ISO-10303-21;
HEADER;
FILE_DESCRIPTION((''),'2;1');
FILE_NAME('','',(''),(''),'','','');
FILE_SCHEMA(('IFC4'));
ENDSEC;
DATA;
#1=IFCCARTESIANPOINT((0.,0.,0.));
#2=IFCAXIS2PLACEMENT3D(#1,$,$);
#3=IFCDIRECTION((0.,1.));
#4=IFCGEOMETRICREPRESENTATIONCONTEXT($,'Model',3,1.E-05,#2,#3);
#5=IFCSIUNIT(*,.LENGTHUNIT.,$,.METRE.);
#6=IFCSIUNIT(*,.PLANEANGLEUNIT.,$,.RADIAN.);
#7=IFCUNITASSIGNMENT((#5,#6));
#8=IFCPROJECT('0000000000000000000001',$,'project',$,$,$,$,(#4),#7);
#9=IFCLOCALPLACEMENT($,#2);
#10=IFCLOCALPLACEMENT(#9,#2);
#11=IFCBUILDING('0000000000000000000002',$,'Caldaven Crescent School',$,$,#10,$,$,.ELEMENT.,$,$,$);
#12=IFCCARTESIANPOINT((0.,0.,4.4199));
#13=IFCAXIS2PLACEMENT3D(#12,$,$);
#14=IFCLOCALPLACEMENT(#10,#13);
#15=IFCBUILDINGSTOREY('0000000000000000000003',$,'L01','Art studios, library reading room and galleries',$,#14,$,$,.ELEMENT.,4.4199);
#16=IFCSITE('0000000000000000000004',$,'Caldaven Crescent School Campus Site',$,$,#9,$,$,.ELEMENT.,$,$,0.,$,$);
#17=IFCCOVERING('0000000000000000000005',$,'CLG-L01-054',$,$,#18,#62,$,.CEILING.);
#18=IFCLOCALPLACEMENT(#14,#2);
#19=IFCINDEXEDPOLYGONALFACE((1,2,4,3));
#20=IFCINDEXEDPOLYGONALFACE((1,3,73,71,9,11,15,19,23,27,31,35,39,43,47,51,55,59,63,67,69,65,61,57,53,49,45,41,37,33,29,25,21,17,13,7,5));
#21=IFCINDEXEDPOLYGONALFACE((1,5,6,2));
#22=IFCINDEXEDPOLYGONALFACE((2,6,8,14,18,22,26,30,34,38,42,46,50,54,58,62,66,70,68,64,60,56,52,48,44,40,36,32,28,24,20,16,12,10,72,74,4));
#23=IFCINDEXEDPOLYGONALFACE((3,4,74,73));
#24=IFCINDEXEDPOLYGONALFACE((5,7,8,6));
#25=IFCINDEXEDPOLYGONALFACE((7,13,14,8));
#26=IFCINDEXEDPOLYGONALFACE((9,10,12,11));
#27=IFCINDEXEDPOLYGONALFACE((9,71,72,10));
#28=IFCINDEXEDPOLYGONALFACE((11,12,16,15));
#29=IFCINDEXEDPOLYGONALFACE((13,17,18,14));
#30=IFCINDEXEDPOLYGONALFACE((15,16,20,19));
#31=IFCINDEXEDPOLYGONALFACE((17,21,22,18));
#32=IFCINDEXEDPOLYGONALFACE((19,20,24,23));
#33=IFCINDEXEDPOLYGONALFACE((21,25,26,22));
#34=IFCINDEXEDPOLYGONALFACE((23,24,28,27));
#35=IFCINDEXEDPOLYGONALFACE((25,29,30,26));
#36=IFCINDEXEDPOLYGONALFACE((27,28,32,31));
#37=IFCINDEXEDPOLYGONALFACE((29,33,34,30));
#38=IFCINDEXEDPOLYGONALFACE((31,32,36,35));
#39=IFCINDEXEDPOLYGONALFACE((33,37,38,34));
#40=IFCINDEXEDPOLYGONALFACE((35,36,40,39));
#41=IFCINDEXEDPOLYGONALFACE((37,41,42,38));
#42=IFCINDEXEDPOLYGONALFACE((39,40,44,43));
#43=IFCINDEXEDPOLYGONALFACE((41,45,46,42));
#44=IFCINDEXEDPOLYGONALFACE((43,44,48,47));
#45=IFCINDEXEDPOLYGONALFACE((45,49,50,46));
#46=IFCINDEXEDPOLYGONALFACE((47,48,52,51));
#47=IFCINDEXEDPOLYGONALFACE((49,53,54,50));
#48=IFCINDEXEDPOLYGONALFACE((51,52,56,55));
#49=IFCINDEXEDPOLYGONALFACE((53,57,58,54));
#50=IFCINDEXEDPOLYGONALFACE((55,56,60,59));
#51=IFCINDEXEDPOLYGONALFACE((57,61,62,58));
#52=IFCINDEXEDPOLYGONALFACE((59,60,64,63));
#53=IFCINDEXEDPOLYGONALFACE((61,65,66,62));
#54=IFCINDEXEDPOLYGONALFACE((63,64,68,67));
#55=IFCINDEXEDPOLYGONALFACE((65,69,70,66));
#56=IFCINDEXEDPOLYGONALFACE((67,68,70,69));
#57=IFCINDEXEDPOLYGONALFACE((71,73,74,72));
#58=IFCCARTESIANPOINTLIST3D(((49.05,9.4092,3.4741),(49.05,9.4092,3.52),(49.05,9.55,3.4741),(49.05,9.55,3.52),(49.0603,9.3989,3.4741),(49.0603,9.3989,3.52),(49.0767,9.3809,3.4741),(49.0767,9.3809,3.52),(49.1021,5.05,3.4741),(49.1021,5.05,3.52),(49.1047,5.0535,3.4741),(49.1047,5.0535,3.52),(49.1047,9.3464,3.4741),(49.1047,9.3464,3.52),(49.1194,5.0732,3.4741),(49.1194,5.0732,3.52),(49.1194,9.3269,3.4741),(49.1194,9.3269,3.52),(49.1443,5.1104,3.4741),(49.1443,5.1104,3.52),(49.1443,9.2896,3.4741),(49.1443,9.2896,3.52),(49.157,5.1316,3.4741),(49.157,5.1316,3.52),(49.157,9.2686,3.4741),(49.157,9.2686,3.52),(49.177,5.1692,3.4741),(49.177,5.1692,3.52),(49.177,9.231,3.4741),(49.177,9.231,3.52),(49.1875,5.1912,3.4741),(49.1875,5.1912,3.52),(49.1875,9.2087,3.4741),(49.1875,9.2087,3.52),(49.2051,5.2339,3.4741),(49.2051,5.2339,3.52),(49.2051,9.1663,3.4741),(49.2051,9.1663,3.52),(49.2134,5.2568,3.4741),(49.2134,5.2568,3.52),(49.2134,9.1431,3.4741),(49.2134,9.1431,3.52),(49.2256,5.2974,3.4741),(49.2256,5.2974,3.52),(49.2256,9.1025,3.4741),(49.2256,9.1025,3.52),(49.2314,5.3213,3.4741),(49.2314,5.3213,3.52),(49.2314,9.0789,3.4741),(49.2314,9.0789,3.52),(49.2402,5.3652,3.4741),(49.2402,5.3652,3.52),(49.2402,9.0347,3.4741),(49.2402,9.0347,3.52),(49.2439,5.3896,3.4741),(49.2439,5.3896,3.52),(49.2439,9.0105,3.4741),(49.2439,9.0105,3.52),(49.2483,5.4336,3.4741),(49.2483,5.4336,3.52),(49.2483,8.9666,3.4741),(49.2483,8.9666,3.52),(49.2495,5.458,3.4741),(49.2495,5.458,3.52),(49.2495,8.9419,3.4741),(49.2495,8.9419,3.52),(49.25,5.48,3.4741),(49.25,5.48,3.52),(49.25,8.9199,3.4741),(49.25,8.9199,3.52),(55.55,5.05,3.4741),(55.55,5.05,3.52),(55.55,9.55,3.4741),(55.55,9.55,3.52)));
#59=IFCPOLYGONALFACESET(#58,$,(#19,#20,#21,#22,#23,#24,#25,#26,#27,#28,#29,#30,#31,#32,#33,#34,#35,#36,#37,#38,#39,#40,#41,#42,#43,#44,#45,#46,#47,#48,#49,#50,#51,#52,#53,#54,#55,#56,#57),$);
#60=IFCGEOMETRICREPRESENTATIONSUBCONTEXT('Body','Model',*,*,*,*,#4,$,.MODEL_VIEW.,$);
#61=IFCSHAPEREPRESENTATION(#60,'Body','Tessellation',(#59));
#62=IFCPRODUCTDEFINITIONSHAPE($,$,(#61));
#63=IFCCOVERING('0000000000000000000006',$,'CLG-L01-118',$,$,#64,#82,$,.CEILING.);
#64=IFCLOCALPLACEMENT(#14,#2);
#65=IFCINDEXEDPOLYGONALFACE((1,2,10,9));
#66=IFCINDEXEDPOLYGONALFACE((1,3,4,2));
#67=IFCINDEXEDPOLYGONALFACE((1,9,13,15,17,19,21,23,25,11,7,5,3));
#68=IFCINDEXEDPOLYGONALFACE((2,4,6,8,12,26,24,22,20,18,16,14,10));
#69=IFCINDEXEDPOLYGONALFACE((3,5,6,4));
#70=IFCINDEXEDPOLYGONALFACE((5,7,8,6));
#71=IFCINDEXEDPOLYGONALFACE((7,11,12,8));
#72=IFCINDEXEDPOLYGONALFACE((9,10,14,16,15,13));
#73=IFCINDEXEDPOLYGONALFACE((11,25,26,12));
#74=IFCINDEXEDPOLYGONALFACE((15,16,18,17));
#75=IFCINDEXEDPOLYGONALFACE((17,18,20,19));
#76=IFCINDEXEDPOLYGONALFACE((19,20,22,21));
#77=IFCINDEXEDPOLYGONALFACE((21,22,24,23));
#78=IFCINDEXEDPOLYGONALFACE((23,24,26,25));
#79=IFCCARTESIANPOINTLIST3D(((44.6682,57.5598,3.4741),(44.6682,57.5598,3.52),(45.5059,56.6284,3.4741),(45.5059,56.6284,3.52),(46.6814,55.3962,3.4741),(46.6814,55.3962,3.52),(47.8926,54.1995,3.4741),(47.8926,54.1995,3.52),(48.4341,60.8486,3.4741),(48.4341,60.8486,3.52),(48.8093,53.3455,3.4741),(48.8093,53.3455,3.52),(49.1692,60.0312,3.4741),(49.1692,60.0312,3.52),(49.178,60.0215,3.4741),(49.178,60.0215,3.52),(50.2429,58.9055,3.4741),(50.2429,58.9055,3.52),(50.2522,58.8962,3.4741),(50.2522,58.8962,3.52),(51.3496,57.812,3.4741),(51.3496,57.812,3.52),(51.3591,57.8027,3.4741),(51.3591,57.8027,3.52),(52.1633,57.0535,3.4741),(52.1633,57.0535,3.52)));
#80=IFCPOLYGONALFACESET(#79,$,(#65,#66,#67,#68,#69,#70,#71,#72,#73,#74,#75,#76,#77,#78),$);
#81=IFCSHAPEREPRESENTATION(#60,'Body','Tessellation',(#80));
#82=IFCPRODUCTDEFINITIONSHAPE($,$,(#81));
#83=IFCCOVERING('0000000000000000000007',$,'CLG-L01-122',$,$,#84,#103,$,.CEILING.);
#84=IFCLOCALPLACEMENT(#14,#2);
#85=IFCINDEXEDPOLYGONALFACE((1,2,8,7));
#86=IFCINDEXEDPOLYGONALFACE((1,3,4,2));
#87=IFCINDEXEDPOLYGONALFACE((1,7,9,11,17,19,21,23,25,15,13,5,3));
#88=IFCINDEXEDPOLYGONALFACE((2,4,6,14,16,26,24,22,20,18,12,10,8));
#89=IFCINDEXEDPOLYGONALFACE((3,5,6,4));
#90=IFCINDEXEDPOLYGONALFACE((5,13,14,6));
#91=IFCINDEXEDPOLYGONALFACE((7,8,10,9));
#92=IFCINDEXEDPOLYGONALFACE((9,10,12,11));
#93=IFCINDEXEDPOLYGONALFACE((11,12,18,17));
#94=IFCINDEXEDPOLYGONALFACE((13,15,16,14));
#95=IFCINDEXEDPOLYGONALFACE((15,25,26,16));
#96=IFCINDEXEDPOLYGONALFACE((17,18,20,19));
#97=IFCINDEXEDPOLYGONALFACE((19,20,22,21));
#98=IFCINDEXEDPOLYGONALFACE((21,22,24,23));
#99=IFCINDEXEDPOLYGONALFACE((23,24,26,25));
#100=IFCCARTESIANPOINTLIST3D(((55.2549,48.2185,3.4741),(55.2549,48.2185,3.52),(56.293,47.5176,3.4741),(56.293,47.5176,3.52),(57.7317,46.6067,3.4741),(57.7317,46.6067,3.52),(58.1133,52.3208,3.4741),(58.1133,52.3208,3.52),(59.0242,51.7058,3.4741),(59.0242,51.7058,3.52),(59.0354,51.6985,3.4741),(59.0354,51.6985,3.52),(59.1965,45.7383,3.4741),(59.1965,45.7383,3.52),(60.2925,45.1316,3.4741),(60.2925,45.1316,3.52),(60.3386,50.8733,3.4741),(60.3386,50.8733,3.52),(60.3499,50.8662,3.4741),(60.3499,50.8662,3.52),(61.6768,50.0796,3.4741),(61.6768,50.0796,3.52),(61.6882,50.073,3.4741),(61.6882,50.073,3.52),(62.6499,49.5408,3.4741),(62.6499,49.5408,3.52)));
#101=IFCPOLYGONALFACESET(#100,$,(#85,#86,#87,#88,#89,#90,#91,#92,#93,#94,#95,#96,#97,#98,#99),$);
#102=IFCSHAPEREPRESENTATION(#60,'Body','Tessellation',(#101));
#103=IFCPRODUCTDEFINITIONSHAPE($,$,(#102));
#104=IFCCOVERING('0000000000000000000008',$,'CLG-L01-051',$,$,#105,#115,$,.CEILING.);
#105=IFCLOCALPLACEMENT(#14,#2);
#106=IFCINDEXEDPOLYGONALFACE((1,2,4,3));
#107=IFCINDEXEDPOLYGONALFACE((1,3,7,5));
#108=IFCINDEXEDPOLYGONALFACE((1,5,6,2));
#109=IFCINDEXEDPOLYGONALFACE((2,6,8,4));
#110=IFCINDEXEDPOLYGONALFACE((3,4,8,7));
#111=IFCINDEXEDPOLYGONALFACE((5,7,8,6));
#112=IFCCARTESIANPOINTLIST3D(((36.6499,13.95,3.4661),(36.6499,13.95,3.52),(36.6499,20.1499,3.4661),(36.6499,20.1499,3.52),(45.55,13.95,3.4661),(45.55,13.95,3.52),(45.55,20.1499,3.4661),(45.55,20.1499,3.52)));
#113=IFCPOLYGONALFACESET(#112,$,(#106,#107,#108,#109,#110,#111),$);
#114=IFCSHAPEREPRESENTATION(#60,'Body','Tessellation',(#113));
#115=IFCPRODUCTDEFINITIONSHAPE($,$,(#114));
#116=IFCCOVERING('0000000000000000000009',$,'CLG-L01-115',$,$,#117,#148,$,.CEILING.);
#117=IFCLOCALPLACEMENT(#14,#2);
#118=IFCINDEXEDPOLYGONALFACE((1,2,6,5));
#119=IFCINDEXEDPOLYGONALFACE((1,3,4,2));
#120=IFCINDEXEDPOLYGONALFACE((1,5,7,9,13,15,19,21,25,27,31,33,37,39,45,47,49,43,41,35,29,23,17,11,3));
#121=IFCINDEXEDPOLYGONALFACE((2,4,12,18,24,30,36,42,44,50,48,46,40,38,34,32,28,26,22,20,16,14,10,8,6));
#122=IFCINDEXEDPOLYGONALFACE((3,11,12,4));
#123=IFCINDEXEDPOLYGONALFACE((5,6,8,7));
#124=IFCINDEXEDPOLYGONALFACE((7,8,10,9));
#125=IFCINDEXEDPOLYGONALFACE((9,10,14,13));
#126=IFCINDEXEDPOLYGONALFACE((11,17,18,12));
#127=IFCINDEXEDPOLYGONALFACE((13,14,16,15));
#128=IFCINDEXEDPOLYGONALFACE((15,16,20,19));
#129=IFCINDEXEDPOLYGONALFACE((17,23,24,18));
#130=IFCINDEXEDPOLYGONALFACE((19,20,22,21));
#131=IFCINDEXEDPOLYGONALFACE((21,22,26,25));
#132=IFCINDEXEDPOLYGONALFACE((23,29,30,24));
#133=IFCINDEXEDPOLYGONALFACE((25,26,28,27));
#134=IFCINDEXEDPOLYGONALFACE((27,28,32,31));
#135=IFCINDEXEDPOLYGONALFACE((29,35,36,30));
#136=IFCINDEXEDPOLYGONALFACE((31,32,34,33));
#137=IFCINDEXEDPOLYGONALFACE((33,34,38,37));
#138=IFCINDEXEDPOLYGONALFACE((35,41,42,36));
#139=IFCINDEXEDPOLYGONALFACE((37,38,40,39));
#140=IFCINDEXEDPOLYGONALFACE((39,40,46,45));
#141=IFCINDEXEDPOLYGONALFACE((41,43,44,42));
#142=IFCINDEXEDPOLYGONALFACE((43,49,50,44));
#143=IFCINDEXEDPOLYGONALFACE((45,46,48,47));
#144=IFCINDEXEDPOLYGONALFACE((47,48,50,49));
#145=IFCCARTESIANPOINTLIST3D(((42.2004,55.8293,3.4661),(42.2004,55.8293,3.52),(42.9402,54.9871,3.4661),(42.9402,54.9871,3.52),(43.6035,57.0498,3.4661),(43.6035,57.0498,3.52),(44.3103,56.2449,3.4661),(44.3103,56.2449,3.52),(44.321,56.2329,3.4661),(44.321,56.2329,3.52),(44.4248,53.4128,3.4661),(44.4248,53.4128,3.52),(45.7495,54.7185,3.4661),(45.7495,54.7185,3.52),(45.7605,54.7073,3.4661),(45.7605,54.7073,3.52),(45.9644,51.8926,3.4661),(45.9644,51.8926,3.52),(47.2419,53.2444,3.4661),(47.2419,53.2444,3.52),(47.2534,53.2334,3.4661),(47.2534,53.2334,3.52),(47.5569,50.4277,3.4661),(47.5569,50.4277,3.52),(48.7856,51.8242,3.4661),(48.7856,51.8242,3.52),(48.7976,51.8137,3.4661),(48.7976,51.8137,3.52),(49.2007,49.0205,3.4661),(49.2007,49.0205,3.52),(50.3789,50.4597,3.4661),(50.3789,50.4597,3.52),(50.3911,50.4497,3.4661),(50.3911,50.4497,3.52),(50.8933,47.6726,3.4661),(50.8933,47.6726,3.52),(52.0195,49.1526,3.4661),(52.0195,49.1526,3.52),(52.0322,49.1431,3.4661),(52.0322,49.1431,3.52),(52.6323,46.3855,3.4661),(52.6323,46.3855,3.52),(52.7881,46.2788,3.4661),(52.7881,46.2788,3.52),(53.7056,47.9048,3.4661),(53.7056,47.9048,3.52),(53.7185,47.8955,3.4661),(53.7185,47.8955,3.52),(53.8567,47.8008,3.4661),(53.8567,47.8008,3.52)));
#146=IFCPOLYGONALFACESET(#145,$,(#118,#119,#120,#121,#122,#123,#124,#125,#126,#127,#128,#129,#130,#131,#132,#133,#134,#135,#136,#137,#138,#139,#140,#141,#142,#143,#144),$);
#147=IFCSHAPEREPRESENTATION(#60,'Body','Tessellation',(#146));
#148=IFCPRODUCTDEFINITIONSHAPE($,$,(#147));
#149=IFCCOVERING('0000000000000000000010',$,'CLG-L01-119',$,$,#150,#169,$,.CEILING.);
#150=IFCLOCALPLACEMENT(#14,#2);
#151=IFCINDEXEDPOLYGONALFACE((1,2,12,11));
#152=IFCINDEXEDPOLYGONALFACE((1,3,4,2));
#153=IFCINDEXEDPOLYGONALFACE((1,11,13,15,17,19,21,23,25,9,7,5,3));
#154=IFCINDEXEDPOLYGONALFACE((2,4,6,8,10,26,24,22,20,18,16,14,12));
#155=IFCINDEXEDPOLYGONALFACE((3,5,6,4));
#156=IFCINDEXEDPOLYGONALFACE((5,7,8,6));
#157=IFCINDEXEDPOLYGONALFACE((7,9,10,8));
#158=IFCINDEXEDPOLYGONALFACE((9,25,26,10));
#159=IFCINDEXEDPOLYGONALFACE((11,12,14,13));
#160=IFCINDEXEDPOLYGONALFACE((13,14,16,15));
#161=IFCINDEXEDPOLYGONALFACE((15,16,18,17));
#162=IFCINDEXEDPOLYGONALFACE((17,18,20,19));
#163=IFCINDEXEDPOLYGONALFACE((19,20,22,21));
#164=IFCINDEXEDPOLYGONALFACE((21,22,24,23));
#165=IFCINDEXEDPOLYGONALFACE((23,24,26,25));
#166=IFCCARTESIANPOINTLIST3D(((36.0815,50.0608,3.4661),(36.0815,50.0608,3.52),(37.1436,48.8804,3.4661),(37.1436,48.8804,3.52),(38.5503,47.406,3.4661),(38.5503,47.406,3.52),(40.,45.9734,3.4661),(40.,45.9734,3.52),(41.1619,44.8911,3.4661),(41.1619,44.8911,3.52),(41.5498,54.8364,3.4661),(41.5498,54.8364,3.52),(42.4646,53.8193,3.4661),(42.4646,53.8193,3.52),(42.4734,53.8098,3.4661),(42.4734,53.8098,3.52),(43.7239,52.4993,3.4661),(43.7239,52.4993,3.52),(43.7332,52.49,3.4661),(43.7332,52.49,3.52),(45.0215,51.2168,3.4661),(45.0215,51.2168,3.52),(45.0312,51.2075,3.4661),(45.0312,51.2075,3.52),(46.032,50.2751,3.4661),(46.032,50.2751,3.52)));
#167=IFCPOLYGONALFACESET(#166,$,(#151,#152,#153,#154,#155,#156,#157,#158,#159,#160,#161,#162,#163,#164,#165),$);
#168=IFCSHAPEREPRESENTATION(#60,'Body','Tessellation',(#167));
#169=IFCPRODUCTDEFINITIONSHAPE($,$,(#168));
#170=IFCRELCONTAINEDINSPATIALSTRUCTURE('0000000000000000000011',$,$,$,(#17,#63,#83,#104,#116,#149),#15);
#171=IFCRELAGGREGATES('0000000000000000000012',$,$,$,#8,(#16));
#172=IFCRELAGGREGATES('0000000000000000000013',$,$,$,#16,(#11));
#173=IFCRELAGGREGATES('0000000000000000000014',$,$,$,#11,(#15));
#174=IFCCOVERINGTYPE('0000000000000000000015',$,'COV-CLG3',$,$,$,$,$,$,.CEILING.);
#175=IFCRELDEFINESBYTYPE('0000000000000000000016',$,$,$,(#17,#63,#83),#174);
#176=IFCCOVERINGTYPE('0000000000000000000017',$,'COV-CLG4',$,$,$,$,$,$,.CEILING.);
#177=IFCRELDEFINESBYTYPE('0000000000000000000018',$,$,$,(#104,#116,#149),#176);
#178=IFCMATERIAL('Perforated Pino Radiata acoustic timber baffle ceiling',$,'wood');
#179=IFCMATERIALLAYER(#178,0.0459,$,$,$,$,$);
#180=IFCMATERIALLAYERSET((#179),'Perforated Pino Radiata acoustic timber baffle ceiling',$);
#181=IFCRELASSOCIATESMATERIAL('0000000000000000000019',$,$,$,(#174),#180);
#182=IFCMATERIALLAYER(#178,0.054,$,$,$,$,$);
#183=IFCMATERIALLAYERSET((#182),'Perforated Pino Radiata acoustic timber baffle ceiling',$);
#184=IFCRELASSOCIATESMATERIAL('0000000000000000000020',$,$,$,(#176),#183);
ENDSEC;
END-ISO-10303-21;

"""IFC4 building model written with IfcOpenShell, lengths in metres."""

from ifc_helpers import new_model, si_unit, direction, frame, origin, place, context, subcontext, project, spatial, polyline, outline, extrude, material, layer, layer_set, type_object, element, save


model = new_model("IFC4")

# Units and contexts
model_context = context("Model", 3, precision=1e-05, world=origin(), true_north=direction((0.0, 1.0)))
body_context = subcontext(model_context, "Body", "Model", "MODEL_VIEW")
ifc_project = project(units=[si_unit("LENGTHUNIT", "METRE"), si_unit("PLANEANGLEUNIT", "RADIAN")], contexts=[model_context])

# Site, building, storey
site_placement = place(None, origin())
site = spatial("IfcSite", under=ifc_project, at=site_placement, Name="Caldaven Crescent School Campus Site", CompositionType="ELEMENT", RefElevation=0.0)
building_placement = place(site_placement, origin())
building = spatial("IfcBuilding", under=site, at=building_placement, Name="Caldaven Crescent School", CompositionType="ELEMENT")
storey_placement = place(building_placement, frame((0.0, 0.0, 4.4199)))
storey = spatial("IfcBuildingStorey", under=building, at=storey_placement, Name="L01", Description="Art studios, library reading room and galleries", CompositionType="ELEMENT", Elevation=4.4199)

# Coverings
ifc_material_1 = material(Name="Perforated Pino Radiata acoustic timber baffle ceiling", Category="wood")
ifc_layer_1 = layer(ifc_material_1, 0.0459)
ifc_layer_set_1 = layer_set([ifc_layer_1], Name="Perforated Pino Radiata acoustic timber baffle ceiling")
covering_type_1 = type_object("IfcCoveringType", Name="COV-CLG3", PredefinedType="CEILING", material=ifc_layer_set_1)
covering_1_placement = place(storey_placement, frame((0.0, 0.0, 3.4741)))
element("IfcCovering", 1, at=covering_1_placement, inside=storey, type_object=covering_type_1, Name="CLG-L01-054", PredefinedType="CEILING", context=body_context, shape_type="SweptSolid", body=[
    extrude(outline(polyline([(49.05, 9.55), (55.55, 9.55), (55.55, 5.05), (49.1021, 5.05), (49.1047, 5.0535), (49.1194, 5.0732), (49.1443, 5.1104), (49.157, 5.1316), (49.177, 5.1692), (49.1875, 5.1912), (49.2051, 5.2339), (49.2134, 5.2568), (49.2256, 5.2974), (49.2314, 5.3213), (49.2402, 5.3652), (49.2439, 5.3896), (49.2483, 5.4336), (49.2495, 5.458), (49.25, 5.48), (49.25, 8.9199), (49.2495, 8.9419), (49.2483, 8.9666), (49.2439, 9.0105), (49.2402, 9.0347), (49.2314, 9.0789), (49.2256, 9.1025), (49.2134, 9.1431), (49.2051, 9.1663), (49.1875, 9.2087), (49.177, 9.231), (49.157, 9.2686), (49.1443, 9.2896), (49.1194, 9.3269), (49.1047, 9.3464), (49.0767, 9.3809), (49.0603, 9.3989), (49.05, 9.4092), (49.05, 9.55)])), origin(), (0.0, 0.0, 1.0), 0.0459),
])
covering_2_placement = place(storey_placement, frame((0.0, 0.0, 3.4741)))
element("IfcCovering", 2, at=covering_2_placement, inside=storey, type_object=covering_type_1, Name="CLG-L01-118", PredefinedType="CEILING", context=body_context, shape_type="SweptSolid", body=[
    extrude(outline(polyline([(49.1692, 60.0312), (49.178, 60.0215), (50.2429, 58.9055), (50.2522, 58.8962), (51.3496, 57.812), (51.3591, 57.8027), (52.1633, 57.0535), (48.8093, 53.3455), (47.8926, 54.1995), (46.6814, 55.3962), (45.5059, 56.6284), (44.6682, 57.5598), (48.4341, 60.8486), (49.1692, 60.0312)])), origin(), (0.0, 0.0, 1.0), 0.0459),
])
covering_3_placement = place(storey_placement, frame((0.0, 0.0, 3.4741)))
element("IfcCovering", 3, at=covering_3_placement, inside=storey, type_object=covering_type_1, Name="CLG-L01-122", PredefinedType="CEILING", context=body_context, shape_type="SweptSolid", body=[
    extrude(outline(polyline([(59.0242, 51.7058), (59.0354, 51.6985), (60.3386, 50.8733), (60.3499, 50.8662), (61.6768, 50.0796), (61.6882, 50.073), (62.6499, 49.5408), (60.2925, 45.1316), (59.1965, 45.7383), (57.7317, 46.6067), (56.293, 47.5176), (55.2549, 48.2185), (58.1133, 52.3208), (59.0242, 51.7058)])), origin(), (0.0, 0.0, 1.0), 0.0459),
])
ifc_layer_2 = layer(ifc_material_1, 0.054)
ifc_layer_set_2 = layer_set([ifc_layer_2], Name="Perforated Pino Radiata acoustic timber baffle ceiling")
covering_type_2 = type_object("IfcCoveringType", Name="COV-CLG4", PredefinedType="CEILING", material=ifc_layer_set_2)
covering_4_placement = place(storey_placement, frame((0.0, 0.0, 3.4661)))
element("IfcCovering", 4, at=covering_4_placement, inside=storey, type_object=covering_type_2, Name="CLG-L01-051", PredefinedType="CEILING", context=body_context, shape_type="SweptSolid", body=[
    extrude(outline(polyline([(45.55, 20.1499), (45.55, 13.95), (36.6499, 13.95), (36.6499, 20.1499), (45.55, 20.1499)])), origin(), (0.0, 0.0, 1.0), 0.054),
])
covering_5_placement = place(storey_placement, frame((0.0, 0.0, 3.4661)))
element("IfcCovering", 5, at=covering_5_placement, inside=storey, type_object=covering_type_2, Name="CLG-L01-115", PredefinedType="CEILING", context=body_context, shape_type="SweptSolid", body=[
    extrude(outline(polyline([(44.3103, 56.2449), (44.321, 56.2329), (45.7495, 54.7185), (45.7605, 54.7073), (47.2419, 53.2444), (47.2534, 53.2334), (48.7856, 51.8242), (48.7976, 51.8137), (50.3789, 50.4597), (50.3911, 50.4497), (52.0195, 49.1526), (52.0322, 49.1431), (53.7056, 47.9048), (53.7185, 47.8955), (53.8567, 47.8008), (52.7881, 46.2788), (52.6323, 46.3855), (50.8933, 47.6726), (49.2007, 49.0205), (47.5569, 50.4277), (45.9644, 51.8926), (44.4248, 53.4128), (42.9402, 54.9871), (42.2004, 55.8293), (43.6035, 57.0498), (44.3103, 56.2449)])), origin(), (0.0, 0.0, 1.0), 0.054),
])
covering_6_placement = place(storey_placement, frame((0.0, 0.0, 3.4661)))
element("IfcCovering", 6, at=covering_6_placement, inside=storey, type_object=covering_type_2, Name="CLG-L01-119", PredefinedType="CEILING", context=body_context, shape_type="SweptSolid", body=[
    extrude(outline(polyline([(42.4646, 53.8193), (42.4734, 53.8098), (43.7239, 52.4993), (43.7332, 52.49), (45.0215, 51.2168), (45.0312, 51.2075), (46.032, 50.2751), (41.1619, 44.8911), (40.0, 45.9734), (38.5503, 47.406), (37.1436, 48.8804), (36.0815, 50.0608), (41.5498, 54.8364), (42.4646, 53.8193)])), origin(), (0.0, 0.0, 1.0), 0.054),
])

save(model, "model.ifc")
